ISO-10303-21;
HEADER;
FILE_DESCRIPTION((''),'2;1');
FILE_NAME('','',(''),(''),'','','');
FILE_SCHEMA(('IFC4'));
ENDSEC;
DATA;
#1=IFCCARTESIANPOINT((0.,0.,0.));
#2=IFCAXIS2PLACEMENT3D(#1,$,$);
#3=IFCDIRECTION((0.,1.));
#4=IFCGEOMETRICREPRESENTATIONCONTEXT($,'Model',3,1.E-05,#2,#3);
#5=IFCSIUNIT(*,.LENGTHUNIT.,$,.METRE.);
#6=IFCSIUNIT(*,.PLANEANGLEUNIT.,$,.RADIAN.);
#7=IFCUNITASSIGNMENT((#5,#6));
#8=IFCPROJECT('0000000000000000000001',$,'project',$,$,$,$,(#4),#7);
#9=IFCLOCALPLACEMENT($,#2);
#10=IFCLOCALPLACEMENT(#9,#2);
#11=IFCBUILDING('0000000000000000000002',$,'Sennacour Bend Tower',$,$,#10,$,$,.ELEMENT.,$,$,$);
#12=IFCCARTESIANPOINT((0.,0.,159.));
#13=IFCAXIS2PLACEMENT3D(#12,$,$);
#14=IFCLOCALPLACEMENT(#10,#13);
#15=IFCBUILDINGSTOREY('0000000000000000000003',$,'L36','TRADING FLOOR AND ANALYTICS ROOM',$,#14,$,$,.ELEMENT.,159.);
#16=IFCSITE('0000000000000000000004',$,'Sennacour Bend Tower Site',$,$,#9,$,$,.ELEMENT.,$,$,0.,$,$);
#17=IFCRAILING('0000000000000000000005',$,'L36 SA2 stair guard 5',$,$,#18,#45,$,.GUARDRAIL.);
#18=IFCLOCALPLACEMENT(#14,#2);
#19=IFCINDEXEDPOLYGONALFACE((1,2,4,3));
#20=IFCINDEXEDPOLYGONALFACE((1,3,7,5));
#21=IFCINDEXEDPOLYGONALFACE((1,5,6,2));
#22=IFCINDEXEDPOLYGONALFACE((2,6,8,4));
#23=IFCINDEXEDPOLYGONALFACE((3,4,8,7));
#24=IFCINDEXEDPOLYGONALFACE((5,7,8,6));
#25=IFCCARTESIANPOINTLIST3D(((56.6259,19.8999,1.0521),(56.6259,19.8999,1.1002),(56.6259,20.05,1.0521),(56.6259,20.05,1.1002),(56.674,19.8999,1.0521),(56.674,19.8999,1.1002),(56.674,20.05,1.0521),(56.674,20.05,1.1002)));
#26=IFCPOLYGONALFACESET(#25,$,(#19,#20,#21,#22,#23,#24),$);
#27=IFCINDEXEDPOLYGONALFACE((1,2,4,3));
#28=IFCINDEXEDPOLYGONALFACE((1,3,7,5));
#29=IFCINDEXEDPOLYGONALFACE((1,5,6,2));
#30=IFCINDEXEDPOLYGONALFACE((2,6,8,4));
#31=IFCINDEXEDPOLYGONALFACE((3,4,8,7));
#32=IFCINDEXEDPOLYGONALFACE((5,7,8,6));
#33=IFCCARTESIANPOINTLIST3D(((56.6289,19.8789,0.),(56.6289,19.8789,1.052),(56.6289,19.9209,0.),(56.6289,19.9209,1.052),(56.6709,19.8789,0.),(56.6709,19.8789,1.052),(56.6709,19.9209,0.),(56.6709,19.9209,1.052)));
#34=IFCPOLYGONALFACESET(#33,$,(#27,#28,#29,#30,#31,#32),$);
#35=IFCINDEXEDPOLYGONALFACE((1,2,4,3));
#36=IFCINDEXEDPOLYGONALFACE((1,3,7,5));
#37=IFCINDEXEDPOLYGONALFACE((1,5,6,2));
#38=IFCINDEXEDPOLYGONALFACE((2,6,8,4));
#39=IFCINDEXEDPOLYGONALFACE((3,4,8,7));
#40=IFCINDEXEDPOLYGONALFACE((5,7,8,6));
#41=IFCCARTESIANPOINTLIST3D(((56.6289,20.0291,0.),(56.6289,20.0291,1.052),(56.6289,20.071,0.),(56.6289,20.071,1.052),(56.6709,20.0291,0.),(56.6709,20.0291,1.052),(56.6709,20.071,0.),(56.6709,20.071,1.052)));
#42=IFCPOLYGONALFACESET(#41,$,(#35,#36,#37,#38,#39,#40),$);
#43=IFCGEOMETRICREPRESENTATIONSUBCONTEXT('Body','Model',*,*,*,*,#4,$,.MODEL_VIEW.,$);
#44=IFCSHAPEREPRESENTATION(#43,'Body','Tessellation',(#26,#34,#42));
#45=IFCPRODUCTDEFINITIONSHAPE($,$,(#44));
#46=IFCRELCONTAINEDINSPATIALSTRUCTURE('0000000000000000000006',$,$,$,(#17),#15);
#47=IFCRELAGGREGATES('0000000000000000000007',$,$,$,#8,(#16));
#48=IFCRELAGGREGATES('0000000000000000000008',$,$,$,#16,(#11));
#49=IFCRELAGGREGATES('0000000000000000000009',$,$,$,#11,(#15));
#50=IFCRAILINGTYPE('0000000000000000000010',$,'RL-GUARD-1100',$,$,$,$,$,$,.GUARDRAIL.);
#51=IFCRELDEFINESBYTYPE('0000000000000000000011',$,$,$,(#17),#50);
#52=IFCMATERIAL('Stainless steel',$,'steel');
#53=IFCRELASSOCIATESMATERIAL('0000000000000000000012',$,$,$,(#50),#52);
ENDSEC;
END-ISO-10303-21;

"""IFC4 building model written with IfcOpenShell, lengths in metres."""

from ifc_helpers import new_model, si_unit, direction, frame, origin, origin_2d, place, context, subcontext, project, spatial, rectangle, extrude, material, type_object, element, save


model = new_model("IFC4")

# Units and contexts
model_context = context("Model", 3, precision=1e-05, world=origin(), true_north=direction((0.0, 1.0)))
body_context = subcontext(model_context, "Body", "Model", "MODEL_VIEW")
ifc_project = project(units=[si_unit("LENGTHUNIT", "METRE"), si_unit("PLANEANGLEUNIT", "RADIAN")], contexts=[model_context])

# Site, building, storey
site_placement = place(None, origin())
site = spatial("IfcSite", under=ifc_project, at=site_placement, Name="Sennacour Bend Tower Site", CompositionType="ELEMENT", RefElevation=0.0)
building_placement = place(site_placement, origin())
building = spatial("IfcBuilding", under=site, at=building_placement, Name="Sennacour Bend Tower", CompositionType="ELEMENT")
storey_placement = place(building_placement, frame((0.0, 0.0, 159.0)))
storey = spatial("IfcBuildingStorey", under=building, at=storey_placement, Name="L36", Description="TRADING FLOOR AND ANALYTICS ROOM", CompositionType="ELEMENT", Elevation=159.0)

# Shared definitions
ifc_material_1 = material(Name="Stainless steel", Category="steel")

# Railing
railing_type = type_object("IfcRailingType", Name="RL-GUARD-1100", PredefinedType="GUARDRAIL", material=ifc_material_1)
railing_placement = place(storey_placement, frame((56.6499, 19.8999, 0.0)))
element("IfcRailing", 1, at=railing_placement, inside=storey, type_object=railing_type, Name="L36 SA2 stair guard 5", PredefinedType="GUARDRAIL", context=body_context, shape_type="SweptSolid", body=[
    extrude(rectangle(XDim=0.0481, YDim=0.0481, at=origin_2d()), frame((0.0, 0.0, 1.0762), z_axis=(0.0, 1.0, 0.0), x_axis=(-1.0, 0.0, 0.0)), (0.0, 0.0, 1.0), 0.1501),
    extrude(rectangle(XDim=0.042, YDim=0.042, at=origin_2d()), origin(), (0.0, 0.0, 1.0), 1.052),
    extrude(rectangle(XDim=0.042, YDim=0.042, at=origin_2d()), frame((0.0, 0.1501, 0.0)), (0.0, 0.0, 1.0), 1.052),
])

save(model, "model.ifc")
